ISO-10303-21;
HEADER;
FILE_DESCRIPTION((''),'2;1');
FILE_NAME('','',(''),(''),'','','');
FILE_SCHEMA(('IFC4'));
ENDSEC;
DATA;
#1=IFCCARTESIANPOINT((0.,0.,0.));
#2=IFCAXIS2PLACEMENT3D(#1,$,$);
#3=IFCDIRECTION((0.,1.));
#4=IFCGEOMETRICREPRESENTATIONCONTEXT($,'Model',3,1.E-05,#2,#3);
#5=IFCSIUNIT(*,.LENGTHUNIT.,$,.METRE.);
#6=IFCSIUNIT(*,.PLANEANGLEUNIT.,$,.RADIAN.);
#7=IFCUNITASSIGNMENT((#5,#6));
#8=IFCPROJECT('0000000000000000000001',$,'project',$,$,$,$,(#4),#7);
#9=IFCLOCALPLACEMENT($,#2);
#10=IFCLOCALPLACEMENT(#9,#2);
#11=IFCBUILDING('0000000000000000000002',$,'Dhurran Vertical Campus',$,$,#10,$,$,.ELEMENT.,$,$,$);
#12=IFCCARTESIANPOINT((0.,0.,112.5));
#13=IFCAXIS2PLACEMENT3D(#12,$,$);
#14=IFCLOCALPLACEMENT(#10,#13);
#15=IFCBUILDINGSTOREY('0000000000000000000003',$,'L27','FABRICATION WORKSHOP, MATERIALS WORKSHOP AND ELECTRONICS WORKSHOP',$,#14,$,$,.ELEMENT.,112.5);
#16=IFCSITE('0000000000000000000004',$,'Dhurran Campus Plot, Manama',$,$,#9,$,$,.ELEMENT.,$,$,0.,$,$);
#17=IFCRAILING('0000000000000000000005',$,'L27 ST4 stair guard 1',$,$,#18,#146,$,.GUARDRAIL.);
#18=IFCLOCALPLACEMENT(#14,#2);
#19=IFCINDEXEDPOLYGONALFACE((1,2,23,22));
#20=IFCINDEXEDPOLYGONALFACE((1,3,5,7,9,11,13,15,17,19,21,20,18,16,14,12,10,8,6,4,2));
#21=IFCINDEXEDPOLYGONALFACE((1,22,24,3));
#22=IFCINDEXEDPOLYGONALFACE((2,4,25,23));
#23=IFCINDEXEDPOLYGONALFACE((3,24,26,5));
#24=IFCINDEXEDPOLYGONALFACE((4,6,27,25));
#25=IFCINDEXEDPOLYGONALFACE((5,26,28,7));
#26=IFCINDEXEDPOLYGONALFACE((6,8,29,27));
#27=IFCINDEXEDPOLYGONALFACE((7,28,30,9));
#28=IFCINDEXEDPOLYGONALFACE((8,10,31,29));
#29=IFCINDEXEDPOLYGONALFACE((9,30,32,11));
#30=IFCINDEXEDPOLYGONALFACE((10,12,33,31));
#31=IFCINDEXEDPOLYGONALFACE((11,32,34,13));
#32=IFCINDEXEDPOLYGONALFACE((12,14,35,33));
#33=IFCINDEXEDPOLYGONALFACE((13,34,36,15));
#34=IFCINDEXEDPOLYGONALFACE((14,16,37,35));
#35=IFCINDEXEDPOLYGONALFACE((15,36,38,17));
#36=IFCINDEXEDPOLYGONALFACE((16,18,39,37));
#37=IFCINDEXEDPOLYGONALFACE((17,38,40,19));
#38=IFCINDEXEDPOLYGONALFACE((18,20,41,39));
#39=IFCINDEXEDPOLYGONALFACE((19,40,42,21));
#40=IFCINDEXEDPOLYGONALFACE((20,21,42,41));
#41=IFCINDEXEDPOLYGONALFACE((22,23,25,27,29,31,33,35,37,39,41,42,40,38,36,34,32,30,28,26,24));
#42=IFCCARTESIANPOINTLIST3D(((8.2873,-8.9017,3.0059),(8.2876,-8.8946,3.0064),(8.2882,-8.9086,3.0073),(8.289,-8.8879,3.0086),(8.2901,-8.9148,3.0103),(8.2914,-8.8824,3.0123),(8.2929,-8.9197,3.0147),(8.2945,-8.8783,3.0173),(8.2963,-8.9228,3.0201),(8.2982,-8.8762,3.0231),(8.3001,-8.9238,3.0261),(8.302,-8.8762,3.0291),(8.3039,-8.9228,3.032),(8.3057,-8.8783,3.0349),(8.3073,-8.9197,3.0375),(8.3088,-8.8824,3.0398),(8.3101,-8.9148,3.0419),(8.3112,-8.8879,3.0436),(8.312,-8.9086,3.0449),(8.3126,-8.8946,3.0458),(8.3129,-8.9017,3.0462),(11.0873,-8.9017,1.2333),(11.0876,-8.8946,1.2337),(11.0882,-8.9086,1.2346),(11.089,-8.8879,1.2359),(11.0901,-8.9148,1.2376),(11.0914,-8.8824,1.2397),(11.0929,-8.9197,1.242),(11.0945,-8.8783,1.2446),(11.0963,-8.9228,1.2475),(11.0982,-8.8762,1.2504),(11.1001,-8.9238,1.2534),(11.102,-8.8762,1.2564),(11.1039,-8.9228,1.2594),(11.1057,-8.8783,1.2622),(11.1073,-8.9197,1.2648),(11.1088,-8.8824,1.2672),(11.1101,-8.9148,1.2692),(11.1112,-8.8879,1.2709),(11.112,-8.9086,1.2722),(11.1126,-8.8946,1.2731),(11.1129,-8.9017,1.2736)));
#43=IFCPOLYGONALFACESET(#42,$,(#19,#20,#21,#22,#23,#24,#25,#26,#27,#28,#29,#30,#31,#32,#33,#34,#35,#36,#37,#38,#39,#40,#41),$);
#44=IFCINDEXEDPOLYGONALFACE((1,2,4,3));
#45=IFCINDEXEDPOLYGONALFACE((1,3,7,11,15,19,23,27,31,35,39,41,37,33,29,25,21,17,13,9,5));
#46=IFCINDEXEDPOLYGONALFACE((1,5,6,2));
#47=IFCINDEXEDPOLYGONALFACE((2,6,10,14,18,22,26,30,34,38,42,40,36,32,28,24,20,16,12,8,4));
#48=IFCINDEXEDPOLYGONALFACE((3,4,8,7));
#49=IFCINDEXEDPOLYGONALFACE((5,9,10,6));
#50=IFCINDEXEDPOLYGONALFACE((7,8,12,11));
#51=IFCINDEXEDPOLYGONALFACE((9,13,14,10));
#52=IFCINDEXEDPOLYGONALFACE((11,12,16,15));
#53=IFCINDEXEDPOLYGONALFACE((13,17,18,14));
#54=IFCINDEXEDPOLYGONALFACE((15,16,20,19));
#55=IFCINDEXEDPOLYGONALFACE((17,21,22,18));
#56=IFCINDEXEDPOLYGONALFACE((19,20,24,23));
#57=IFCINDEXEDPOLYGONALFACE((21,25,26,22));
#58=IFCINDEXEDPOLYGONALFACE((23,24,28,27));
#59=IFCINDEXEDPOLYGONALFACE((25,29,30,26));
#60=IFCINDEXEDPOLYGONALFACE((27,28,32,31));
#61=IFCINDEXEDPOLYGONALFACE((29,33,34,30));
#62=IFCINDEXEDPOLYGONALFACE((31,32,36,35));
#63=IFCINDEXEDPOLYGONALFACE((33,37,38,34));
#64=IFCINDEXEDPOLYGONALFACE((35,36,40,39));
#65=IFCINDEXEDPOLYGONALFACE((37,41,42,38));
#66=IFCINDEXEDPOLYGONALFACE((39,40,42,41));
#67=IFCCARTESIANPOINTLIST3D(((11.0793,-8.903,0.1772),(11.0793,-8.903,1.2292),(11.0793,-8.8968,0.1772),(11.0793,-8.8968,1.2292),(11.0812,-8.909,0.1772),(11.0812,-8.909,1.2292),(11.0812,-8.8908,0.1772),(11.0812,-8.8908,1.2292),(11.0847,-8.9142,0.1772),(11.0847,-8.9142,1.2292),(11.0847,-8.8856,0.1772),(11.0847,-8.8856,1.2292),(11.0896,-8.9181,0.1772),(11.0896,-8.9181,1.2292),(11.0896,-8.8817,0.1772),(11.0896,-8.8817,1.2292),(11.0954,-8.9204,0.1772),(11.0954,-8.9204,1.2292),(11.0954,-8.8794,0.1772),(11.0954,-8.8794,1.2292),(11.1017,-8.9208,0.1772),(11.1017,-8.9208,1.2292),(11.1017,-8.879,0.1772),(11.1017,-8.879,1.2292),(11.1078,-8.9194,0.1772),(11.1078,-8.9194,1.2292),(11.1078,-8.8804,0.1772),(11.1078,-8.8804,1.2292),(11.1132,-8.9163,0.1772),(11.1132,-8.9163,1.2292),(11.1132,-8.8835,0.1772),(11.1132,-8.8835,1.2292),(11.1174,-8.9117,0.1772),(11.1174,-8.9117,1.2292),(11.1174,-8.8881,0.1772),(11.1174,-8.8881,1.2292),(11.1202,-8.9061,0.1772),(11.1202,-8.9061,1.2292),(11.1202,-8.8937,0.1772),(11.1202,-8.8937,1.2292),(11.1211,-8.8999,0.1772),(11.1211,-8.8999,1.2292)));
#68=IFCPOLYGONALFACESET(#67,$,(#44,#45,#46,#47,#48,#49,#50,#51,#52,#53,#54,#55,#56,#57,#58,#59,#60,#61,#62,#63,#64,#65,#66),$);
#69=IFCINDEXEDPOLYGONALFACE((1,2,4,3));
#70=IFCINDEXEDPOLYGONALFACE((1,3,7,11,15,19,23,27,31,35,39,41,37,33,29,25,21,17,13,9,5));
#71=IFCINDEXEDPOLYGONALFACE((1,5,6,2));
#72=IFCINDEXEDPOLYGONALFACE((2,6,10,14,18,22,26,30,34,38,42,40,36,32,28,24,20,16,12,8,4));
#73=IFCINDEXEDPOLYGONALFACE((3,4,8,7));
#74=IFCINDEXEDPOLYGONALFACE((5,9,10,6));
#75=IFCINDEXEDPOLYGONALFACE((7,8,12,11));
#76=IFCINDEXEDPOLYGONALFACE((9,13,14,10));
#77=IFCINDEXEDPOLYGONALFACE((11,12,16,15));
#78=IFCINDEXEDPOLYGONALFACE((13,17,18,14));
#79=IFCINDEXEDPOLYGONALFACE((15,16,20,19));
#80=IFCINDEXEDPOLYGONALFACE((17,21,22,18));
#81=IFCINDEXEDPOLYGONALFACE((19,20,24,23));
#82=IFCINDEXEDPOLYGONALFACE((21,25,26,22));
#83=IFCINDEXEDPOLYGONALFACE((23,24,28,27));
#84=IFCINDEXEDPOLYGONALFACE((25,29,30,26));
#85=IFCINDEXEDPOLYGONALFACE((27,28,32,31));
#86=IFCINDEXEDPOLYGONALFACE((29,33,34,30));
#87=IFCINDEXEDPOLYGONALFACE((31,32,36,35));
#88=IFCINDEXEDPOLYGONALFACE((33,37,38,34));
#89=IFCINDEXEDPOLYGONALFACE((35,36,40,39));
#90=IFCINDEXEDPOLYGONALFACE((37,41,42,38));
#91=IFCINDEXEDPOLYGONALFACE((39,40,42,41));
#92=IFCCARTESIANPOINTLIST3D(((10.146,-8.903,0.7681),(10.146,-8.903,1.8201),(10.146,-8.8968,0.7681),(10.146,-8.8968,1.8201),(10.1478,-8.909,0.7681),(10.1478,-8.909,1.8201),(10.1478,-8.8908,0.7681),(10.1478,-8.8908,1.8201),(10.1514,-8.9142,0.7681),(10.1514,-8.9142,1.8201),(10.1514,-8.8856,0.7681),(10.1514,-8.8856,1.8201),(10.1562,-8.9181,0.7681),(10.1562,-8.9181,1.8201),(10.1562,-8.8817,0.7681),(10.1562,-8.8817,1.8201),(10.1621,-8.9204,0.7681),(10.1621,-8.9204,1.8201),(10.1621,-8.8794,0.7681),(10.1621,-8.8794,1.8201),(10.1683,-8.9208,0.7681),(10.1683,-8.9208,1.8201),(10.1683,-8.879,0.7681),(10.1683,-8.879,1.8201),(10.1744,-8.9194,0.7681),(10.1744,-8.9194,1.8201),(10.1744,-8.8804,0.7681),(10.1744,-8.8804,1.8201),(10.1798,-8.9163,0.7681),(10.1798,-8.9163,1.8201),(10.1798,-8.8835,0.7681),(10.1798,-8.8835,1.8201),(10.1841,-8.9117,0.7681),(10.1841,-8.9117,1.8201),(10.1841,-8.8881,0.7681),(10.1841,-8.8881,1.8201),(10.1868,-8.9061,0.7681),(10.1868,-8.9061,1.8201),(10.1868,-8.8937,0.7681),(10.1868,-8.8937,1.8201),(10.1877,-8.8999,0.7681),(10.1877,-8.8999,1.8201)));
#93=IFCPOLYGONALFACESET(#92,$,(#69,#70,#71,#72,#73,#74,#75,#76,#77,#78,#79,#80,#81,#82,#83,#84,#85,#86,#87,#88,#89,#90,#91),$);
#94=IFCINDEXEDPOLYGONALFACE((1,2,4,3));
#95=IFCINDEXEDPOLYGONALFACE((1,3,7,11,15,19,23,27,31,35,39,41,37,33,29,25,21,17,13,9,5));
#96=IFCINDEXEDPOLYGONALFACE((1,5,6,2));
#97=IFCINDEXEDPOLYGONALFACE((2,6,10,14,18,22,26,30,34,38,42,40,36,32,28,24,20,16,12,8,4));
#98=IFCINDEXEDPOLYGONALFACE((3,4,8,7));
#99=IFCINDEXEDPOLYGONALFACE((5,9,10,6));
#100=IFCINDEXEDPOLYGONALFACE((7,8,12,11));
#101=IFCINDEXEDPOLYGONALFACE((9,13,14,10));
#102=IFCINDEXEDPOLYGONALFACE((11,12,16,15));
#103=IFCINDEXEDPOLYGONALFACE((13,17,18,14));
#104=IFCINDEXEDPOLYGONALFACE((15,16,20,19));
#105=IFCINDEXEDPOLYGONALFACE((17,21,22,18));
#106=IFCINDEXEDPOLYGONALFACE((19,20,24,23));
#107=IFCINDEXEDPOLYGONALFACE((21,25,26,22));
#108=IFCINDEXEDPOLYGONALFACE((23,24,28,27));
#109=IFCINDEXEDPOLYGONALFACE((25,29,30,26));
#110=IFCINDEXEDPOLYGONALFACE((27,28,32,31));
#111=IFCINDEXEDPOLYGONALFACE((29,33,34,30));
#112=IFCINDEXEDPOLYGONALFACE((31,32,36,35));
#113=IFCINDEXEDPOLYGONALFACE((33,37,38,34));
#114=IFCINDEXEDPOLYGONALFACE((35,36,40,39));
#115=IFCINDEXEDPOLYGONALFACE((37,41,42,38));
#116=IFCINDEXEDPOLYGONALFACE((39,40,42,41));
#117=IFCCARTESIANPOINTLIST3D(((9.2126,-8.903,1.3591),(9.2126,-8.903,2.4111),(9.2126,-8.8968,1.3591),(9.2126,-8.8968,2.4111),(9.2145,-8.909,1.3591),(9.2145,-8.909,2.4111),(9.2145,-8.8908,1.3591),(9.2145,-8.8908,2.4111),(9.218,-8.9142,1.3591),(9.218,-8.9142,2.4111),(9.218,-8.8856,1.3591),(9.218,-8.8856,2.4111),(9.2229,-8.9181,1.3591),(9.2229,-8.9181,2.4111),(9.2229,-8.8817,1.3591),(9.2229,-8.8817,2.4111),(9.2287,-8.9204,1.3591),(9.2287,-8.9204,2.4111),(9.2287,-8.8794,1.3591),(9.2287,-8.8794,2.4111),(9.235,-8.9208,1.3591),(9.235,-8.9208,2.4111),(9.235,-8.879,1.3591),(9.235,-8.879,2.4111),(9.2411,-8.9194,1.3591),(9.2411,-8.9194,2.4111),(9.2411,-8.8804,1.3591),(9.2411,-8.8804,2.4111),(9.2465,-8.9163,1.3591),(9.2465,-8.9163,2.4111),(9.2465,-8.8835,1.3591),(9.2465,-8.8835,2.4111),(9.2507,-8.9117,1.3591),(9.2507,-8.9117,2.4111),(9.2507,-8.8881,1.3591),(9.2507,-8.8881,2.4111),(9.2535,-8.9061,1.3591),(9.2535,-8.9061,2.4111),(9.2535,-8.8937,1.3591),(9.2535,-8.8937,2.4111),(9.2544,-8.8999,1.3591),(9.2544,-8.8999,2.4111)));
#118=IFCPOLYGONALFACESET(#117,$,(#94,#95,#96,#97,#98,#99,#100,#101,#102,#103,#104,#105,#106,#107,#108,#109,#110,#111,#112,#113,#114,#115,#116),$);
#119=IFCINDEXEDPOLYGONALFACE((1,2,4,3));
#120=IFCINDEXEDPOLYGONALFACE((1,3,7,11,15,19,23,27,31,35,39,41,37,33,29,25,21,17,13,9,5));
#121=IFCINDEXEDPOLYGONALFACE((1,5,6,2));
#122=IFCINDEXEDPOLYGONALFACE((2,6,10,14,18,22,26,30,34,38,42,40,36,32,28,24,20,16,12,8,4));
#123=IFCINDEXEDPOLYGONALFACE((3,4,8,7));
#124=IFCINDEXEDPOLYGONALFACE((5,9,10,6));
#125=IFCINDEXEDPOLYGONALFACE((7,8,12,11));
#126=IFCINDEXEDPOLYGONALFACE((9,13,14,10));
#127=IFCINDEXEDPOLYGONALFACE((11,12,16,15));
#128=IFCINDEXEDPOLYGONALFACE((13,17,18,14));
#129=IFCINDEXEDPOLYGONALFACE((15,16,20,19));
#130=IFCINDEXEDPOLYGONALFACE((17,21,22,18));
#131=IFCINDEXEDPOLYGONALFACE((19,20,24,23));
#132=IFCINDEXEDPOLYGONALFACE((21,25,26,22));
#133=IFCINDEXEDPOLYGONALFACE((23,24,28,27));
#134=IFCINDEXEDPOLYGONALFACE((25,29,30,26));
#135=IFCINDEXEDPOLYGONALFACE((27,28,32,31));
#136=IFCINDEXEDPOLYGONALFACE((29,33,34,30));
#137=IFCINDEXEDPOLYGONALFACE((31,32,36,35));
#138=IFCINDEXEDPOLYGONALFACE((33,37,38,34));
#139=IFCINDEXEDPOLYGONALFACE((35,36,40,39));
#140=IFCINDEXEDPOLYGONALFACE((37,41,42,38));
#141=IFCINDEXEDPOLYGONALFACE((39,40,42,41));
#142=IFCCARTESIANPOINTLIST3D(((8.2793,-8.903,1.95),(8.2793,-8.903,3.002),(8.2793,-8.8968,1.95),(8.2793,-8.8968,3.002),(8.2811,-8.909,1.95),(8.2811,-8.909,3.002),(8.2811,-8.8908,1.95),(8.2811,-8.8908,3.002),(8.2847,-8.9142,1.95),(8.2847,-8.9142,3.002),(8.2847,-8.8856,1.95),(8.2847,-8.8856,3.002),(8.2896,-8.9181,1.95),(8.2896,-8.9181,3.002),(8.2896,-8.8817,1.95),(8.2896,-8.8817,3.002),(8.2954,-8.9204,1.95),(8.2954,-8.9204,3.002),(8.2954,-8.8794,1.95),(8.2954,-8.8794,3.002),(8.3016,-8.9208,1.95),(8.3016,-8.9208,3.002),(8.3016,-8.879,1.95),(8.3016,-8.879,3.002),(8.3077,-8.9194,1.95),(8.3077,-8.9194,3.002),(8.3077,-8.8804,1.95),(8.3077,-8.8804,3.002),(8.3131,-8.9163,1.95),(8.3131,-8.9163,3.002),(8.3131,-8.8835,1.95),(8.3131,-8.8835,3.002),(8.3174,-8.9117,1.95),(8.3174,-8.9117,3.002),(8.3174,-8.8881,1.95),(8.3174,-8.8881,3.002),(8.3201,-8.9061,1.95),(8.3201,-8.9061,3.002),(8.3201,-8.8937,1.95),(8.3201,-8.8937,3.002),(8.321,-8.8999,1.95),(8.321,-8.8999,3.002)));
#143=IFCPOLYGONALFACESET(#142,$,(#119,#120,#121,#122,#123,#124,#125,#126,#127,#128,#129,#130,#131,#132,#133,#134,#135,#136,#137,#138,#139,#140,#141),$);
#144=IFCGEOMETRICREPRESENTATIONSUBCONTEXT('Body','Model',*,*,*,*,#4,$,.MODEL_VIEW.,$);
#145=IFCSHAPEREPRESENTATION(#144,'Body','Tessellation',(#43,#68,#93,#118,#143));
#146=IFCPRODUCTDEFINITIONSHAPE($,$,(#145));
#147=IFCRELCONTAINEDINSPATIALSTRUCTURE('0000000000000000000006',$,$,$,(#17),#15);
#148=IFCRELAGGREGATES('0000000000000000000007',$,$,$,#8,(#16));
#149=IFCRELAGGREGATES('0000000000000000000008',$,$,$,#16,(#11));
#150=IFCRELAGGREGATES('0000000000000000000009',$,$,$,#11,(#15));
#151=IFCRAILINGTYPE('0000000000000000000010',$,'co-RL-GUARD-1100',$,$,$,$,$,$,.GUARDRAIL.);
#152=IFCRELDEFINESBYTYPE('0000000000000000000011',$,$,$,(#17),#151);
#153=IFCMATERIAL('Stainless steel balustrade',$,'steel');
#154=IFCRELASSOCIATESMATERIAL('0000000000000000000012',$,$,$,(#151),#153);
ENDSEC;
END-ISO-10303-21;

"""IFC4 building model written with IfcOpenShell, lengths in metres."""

from ifc_helpers import new_model, si_unit, direction, frame, origin, origin_2d, place, context, subcontext, project, spatial, circle, extrude, material, type_object, element, save


model = new_model("IFC4")

# Units and contexts
model_context = context("Model", 3, precision=1e-05, world=origin(), true_north=direction((0.0, 1.0)))
body_context = subcontext(model_context, "Body", "Model", "MODEL_VIEW")
ifc_project = project(units=[si_unit("LENGTHUNIT", "METRE"), si_unit("PLANEANGLEUNIT", "RADIAN")], contexts=[model_context])

# Site, building, storey
site_placement = place(None, origin())
site = spatial("IfcSite", under=ifc_project, at=site_placement, Name="Dhurran Campus Plot, Manama", CompositionType="ELEMENT", RefElevation=0.0)
building_placement = place(site_placement, origin())
building = spatial("IfcBuilding", under=site, at=building_placement, Name="Dhurran Vertical Campus", CompositionType="ELEMENT")
storey_placement = place(building_placement, frame((0.0, 0.0, 112.5)))
storey = spatial("IfcBuildingStorey", under=building, at=storey_placement, Name="L27", Description="FABRICATION WORKSHOP, MATERIALS WORKSHOP AND ELECTRONICS WORKSHOP", CompositionType="ELEMENT", Elevation=112.5)

# Railing
ifc_material_1 = material(Name="Stainless steel balustrade", Category="steel")
railing_type_1 = type_object("IfcRailingType", Name="co-RL-GUARD-1100", PredefinedType="GUARDRAIL", material=ifc_material_1)
railing_1_placement = place(storey_placement, frame((11.1001, -8.8999, 0.1772)))
element("IfcRailing", 1, at=railing_1_placement, inside=storey, type_object=railing_type_1, Name="L27 ST4 stair guard 1", PredefinedType="GUARDRAIL", context=body_context, shape_type="SweptSolid", body=[
    extrude(circle(Radius=0.0239, at=origin_2d()), frame((0.0, 0.0, 1.0762), z_axis=(-0.844909, 0.0, 0.53491), x_axis=(0.0, -1.0, 0.0)), (0.0, 0.0, 1.0), 3.314),
    extrude(circle(Radius=0.021, at=origin_2d()), origin(), (0.0, 0.0, 1.0), 1.052),
    extrude(circle(Radius=0.021, at=origin_2d()), frame((-0.9333, 0.0, 0.5908)), (0.0, 0.0, 1.0), 1.052),
    extrude(circle(Radius=0.021, at=origin_2d()), frame((-1.8667, 0.0, 1.1819)), (0.0, 0.0, 1.0), 1.052),
    extrude(circle(Radius=0.021, at=origin_2d()), frame((-2.8, 0.0, 1.7727)), (0.0, 0.0, 1.0), 1.052),
])

save(model, "model.ifc")
